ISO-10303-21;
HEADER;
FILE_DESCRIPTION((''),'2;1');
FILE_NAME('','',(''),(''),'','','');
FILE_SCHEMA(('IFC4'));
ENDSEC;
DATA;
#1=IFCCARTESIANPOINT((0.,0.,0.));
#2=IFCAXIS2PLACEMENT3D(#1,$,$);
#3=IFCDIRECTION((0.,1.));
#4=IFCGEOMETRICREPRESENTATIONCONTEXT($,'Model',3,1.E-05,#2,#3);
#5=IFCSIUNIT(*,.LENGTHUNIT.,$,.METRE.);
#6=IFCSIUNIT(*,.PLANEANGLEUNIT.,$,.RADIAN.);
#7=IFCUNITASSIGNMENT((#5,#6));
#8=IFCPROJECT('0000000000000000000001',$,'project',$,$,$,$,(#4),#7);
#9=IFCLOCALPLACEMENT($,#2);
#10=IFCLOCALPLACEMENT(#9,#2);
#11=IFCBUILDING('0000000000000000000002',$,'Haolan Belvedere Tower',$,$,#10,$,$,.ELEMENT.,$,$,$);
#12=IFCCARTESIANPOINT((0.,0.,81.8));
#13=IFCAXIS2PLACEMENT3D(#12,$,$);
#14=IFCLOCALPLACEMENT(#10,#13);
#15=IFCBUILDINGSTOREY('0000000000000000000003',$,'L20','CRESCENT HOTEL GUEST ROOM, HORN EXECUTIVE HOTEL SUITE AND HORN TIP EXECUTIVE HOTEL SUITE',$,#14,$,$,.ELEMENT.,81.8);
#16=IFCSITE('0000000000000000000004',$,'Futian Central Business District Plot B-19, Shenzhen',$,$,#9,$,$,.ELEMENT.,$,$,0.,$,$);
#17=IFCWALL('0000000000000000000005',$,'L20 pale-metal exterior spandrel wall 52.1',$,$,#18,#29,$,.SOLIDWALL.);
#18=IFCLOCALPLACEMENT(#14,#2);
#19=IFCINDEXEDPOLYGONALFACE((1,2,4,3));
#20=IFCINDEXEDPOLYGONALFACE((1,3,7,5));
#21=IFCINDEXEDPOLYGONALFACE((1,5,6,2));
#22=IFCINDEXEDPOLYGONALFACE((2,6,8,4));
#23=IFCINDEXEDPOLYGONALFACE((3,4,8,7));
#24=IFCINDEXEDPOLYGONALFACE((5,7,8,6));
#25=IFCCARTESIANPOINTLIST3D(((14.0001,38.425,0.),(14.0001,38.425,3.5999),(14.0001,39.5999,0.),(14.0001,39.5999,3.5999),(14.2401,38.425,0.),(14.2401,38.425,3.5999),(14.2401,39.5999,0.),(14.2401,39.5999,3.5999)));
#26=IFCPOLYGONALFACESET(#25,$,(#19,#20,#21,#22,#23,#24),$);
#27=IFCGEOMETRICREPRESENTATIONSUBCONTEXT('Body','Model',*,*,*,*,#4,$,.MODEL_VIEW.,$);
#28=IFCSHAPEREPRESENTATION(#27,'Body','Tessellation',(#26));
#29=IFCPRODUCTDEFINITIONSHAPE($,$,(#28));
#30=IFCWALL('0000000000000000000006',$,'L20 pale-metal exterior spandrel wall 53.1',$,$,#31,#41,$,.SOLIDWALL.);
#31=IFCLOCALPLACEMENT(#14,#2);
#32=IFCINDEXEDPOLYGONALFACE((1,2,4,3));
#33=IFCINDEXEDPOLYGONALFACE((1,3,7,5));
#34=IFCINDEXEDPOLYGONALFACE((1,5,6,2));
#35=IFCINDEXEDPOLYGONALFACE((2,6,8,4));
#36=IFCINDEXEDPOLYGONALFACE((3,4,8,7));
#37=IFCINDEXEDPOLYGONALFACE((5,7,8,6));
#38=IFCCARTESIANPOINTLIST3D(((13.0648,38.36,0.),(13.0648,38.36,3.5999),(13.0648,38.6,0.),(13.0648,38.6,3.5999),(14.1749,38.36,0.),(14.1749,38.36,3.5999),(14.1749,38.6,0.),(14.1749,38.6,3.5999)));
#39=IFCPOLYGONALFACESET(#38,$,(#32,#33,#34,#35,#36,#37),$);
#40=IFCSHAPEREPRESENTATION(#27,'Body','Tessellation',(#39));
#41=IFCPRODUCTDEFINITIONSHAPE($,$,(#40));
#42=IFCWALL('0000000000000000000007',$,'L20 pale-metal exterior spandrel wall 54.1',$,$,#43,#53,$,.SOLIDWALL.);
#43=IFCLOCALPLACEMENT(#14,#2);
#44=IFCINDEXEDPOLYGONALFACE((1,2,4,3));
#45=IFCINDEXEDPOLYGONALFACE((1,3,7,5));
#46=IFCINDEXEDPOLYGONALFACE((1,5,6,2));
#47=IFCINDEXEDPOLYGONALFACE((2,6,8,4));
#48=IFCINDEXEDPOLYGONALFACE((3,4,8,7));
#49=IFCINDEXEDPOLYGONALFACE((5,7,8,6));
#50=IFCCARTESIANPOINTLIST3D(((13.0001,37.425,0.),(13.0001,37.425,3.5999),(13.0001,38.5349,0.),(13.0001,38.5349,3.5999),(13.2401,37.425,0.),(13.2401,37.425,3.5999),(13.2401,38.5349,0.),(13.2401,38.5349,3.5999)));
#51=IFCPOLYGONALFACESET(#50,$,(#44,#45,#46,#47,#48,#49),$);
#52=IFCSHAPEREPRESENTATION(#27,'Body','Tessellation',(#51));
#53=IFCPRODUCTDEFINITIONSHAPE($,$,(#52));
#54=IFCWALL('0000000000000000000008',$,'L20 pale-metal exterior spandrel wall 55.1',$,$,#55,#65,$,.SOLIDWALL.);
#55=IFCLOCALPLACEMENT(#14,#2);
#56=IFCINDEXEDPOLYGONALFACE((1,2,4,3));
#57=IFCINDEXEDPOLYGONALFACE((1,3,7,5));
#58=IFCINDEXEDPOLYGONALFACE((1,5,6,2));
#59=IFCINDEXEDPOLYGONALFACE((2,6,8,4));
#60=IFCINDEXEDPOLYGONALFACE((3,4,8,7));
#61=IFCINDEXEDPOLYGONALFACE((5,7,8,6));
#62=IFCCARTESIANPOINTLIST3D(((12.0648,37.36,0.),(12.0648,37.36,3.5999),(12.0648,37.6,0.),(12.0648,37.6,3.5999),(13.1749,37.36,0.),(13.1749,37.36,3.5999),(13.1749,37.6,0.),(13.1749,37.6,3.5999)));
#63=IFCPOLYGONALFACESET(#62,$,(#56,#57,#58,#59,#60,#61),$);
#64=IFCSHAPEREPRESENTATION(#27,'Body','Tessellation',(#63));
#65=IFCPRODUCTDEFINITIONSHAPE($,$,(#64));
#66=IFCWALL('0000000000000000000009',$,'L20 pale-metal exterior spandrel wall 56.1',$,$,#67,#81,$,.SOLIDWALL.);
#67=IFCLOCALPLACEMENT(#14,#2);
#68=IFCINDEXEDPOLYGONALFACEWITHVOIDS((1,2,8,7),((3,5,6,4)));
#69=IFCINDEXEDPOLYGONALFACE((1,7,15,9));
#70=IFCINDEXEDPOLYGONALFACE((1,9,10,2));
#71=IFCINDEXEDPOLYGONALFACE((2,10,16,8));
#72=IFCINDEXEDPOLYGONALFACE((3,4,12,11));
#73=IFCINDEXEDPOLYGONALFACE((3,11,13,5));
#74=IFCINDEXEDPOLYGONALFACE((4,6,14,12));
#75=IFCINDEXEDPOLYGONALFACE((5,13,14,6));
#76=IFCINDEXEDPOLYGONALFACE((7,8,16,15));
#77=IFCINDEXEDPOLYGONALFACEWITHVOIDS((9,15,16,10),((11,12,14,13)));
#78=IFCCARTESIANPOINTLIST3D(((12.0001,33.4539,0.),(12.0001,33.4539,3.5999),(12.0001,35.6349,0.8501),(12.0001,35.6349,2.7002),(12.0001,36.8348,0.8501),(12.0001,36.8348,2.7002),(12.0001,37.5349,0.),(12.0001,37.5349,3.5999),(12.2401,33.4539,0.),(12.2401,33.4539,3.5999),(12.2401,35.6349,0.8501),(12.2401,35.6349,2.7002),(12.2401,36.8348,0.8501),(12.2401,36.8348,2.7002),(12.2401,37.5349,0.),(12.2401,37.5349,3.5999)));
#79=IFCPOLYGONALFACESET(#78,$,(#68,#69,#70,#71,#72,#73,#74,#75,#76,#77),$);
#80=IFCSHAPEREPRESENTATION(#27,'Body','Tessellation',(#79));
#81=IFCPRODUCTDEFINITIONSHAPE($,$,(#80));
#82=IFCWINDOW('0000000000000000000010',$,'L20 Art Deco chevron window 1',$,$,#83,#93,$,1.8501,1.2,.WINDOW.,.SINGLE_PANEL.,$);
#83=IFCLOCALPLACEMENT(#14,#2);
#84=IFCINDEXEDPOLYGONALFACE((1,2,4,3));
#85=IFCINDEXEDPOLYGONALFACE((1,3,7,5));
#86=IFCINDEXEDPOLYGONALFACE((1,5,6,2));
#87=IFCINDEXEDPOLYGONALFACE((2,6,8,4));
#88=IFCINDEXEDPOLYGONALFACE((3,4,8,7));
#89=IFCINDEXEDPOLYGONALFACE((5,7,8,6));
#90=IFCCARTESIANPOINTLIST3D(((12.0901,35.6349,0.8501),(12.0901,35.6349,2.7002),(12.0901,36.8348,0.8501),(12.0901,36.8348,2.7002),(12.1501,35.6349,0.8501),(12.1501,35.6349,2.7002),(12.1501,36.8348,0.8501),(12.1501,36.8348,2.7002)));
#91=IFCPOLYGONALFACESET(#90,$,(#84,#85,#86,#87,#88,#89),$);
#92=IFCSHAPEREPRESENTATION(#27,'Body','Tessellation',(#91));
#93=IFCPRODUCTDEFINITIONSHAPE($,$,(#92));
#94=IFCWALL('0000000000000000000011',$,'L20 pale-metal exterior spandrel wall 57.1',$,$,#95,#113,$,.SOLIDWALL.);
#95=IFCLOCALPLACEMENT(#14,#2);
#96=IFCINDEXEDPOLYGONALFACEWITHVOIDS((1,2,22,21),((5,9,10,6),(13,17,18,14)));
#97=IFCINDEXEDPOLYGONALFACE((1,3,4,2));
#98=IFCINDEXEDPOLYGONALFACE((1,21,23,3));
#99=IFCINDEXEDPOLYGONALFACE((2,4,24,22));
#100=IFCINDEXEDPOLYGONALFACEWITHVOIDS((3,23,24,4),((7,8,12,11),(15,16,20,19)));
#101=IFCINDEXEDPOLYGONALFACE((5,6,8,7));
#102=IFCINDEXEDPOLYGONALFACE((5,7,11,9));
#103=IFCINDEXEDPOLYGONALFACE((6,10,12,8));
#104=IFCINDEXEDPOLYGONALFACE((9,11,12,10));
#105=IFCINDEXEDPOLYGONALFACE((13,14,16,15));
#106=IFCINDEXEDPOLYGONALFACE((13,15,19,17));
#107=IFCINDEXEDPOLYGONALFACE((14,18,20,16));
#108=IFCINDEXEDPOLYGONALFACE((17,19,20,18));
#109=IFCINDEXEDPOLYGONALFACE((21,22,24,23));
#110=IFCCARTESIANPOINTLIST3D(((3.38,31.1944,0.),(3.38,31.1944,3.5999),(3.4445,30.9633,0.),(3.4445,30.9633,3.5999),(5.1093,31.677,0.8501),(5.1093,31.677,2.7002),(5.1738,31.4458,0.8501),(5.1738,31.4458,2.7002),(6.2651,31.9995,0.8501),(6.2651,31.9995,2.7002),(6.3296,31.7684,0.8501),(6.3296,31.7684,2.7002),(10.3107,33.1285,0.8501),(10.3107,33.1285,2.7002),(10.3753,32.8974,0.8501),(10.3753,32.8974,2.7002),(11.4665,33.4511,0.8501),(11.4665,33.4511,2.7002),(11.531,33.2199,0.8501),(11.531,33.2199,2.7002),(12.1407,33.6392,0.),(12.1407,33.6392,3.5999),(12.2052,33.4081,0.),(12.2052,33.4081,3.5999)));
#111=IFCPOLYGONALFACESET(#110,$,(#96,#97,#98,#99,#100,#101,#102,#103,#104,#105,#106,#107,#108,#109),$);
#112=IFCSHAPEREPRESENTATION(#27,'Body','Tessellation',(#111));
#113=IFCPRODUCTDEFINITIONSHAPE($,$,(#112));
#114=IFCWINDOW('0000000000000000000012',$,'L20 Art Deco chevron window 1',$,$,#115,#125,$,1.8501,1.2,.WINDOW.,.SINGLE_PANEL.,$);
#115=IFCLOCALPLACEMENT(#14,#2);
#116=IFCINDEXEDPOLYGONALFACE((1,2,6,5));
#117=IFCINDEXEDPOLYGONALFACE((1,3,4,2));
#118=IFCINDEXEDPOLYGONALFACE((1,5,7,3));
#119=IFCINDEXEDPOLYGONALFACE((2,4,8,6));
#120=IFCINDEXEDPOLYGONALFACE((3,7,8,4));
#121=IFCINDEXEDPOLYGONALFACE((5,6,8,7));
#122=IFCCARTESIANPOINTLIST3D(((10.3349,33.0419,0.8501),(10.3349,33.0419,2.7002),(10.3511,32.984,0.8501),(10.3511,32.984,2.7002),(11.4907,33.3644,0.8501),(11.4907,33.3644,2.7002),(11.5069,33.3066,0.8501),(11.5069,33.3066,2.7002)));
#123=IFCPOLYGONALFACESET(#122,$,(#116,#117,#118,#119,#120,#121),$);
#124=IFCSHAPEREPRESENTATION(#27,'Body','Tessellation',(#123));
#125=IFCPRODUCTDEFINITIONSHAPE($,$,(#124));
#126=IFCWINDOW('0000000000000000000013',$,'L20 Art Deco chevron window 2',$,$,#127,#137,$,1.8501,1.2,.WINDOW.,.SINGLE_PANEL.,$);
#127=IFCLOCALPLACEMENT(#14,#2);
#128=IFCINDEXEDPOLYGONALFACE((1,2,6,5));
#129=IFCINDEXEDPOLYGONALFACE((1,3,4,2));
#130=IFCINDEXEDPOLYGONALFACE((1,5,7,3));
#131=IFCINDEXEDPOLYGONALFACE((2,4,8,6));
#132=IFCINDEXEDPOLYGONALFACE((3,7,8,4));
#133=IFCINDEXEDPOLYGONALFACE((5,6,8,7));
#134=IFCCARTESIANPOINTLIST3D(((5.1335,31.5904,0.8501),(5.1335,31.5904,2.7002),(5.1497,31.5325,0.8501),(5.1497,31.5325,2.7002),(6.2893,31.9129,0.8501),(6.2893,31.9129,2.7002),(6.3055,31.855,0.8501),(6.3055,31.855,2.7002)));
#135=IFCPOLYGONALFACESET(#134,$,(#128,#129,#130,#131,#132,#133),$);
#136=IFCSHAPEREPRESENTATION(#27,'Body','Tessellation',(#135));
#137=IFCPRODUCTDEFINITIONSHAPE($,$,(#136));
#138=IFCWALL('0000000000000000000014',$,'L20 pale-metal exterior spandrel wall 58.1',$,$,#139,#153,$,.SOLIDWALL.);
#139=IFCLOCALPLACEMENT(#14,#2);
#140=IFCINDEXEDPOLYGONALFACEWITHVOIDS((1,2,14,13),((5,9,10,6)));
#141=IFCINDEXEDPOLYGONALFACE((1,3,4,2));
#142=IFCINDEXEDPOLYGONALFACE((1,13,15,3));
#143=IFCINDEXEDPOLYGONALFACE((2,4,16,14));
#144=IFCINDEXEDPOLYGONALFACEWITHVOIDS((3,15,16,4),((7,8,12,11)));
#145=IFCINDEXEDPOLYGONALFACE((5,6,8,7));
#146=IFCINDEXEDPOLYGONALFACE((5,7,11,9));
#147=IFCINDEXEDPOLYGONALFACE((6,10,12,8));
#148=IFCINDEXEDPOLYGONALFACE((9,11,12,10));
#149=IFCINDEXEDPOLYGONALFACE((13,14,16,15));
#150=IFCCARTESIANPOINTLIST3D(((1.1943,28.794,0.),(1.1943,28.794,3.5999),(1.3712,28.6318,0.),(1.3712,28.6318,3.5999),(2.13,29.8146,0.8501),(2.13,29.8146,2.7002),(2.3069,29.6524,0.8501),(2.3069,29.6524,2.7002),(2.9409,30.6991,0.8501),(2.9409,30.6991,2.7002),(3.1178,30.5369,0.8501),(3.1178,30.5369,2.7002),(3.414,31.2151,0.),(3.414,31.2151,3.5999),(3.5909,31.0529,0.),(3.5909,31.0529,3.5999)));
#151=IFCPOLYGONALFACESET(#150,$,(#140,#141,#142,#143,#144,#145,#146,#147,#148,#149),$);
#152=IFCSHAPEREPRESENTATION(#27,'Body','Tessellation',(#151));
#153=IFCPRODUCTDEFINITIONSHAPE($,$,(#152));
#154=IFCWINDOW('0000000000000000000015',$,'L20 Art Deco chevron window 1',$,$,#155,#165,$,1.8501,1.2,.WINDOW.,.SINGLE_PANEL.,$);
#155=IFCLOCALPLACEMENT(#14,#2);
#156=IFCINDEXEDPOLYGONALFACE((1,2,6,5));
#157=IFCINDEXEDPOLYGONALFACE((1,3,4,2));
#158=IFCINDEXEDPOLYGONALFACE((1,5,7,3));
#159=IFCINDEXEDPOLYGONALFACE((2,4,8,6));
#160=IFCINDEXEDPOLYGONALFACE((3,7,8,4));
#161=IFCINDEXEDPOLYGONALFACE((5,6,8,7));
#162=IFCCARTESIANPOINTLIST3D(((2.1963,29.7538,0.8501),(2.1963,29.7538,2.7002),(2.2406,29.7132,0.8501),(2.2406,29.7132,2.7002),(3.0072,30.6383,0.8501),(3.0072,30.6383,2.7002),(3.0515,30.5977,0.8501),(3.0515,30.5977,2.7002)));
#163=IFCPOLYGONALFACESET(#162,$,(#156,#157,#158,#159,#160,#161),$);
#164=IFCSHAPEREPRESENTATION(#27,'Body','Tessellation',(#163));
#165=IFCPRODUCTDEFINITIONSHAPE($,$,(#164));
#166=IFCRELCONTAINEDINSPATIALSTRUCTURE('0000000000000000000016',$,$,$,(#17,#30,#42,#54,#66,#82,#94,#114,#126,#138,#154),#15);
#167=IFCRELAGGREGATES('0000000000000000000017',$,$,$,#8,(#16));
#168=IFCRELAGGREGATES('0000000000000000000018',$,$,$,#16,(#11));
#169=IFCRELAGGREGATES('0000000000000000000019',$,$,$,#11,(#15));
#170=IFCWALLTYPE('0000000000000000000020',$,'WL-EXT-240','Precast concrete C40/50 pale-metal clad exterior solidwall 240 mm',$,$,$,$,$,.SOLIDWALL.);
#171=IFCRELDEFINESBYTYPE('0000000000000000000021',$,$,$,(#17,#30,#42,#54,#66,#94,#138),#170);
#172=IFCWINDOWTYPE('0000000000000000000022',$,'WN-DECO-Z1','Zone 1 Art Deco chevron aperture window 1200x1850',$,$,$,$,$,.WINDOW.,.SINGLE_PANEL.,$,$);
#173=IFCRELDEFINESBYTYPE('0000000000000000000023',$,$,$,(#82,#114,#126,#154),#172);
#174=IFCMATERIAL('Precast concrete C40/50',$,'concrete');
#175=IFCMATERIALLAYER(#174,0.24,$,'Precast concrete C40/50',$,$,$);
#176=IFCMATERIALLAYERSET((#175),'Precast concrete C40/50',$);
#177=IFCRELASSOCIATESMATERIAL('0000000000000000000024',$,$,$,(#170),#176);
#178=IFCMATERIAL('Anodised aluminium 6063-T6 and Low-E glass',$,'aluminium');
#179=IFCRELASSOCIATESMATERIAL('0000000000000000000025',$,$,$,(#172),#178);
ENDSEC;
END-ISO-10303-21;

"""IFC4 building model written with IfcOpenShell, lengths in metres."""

from ifc_helpers import new_model, si_unit, direction, frame, frame_2d, origin, place, context, subcontext, project, spatial, rectangle, extrude, material, layer, layer_set, type_object, element, fill, save


model = new_model("IFC4")

# Units and contexts
model_context = context("Model", 3, precision=1e-05, world=origin(), true_north=direction((0.0, 1.0)))
body_context = subcontext(model_context, "Body", "Model", "MODEL_VIEW")
ifc_project = project(units=[si_unit("LENGTHUNIT", "METRE"), si_unit("PLANEANGLEUNIT", "RADIAN")], contexts=[model_context])

# Site, building, storey
site_placement = place(None, origin())
site = spatial("IfcSite", under=ifc_project, at=site_placement, Name="Futian Central Business District Plot B-19, Shenzhen", CompositionType="ELEMENT", RefElevation=0.0)
building_placement = place(site_placement, origin())
building = spatial("IfcBuilding", under=site, at=building_placement, Name="Haolan Belvedere Tower", CompositionType="ELEMENT")
storey_placement = place(building_placement, frame((0.0, 0.0, 81.8)))
storey = spatial("IfcBuildingStorey", under=building, at=storey_placement, Name="L20", Description="CRESCENT HOTEL GUEST ROOM, HORN EXECUTIVE HOTEL SUITE AND HORN TIP EXECUTIVE HOTEL SUITE", CompositionType="ELEMENT", Elevation=81.8)

# Walls
ifc_material_1 = material(Name="Precast concrete C40/50", Category="concrete")
ifc_layer_1 = layer(ifc_material_1, 0.24, Name="Precast concrete C40/50")
ifc_layer_set_1 = layer_set([ifc_layer_1], Name="Precast concrete C40/50")
wall_type_1 = type_object("IfcWallType", Name="WL-EXT-240", Description="Precast concrete C40/50 pale-metal clad exterior solidwall 240 mm", PredefinedType="SOLIDWALL", material=ifc_layer_set_1)
wall_1_placement = place(storey_placement, frame((14.1201, 39.5999, 0.0), z_axis=(0.0, 0.0, 1.0), x_axis=(0.0, -1.0, 0.0)))
element("IfcWall", 1, at=wall_1_placement, inside=storey, type_object=wall_type_1, Name="L20 pale-metal exterior spandrel wall 52.1", PredefinedType="SOLIDWALL", context=body_context, shape_type="SweptSolid", body=[
    extrude(rectangle(XDim=1.1748, YDim=0.24, at=frame_2d((0.5874, 0.0))), origin(), (0.0, 0.0, 1.0), 3.5999),
])
wall_2_placement = place(storey_placement, frame((14.175, 38.48, 0.0), z_axis=(0.0, 0.0, 1.0), x_axis=(-1.0, 0.0, 0.0)))
element("IfcWall", 2, at=wall_2_placement, inside=storey, type_object=wall_type_1, Name="L20 pale-metal exterior spandrel wall 53.1", PredefinedType="SOLIDWALL", context=body_context, shape_type="SweptSolid", body=[
    extrude(rectangle(XDim=1.1101, YDim=0.24, at=frame_2d((0.5552, 0.0))), origin(), (0.0, 0.0, 1.0), 3.5999),
])
wall_3_placement = place(storey_placement, frame((13.1201, 38.5349, 0.0), z_axis=(0.0, 0.0, 1.0), x_axis=(0.0, -1.0, 0.0)))
element("IfcWall", 3, at=wall_3_placement, inside=storey, type_object=wall_type_1, Name="L20 pale-metal exterior spandrel wall 54.1", PredefinedType="SOLIDWALL", context=body_context, shape_type="SweptSolid", body=[
    extrude(rectangle(XDim=1.1099, YDim=0.24, at=frame_2d((0.5549, 0.0))), origin(), (0.0, 0.0, 1.0), 3.5999),
])
wall_4_placement = place(storey_placement, frame((13.175, 37.48, 0.0), z_axis=(0.0, 0.0, 1.0), x_axis=(-1.0, 0.0, 0.0)))
element("IfcWall", 4, at=wall_4_placement, inside=storey, type_object=wall_type_1, Name="L20 pale-metal exterior spandrel wall 55.1", PredefinedType="SOLIDWALL", context=body_context, shape_type="SweptSolid", body=[
    extrude(rectangle(XDim=1.1101, YDim=0.24, at=frame_2d((0.5552, 0.0))), origin(), (0.0, 0.0, 1.0), 3.5999),
])

# Wall, opening, window
wall_5_placement = place(storey_placement, frame((12.1201, 37.5349, 0.0), z_axis=(0.0, 0.0, 1.0), x_axis=(0.0, -1.0, 0.0)))
wall_5 = element("IfcWall", 5, at=wall_5_placement, inside=storey, type_object=wall_type_1, Name="L20 pale-metal exterior spandrel wall 56.1", PredefinedType="SOLIDWALL", context=body_context, shape_type="SweptSolid", body=[
    extrude(rectangle(XDim=4.0811, YDim=0.24, at=frame_2d((2.0405, 0.0))), origin(), (0.0, 0.0, 1.0), 3.5999),
])
opening_1_placement = place(wall_5_placement, frame((0.7, 0.0, 0.8501)))
opening_1 = element("IfcOpeningElement", 6, at=opening_1_placement, cuts=wall_5, PredefinedType="OPENING", context=body_context, shape_type="SweptSolid", body=[
    extrude(rectangle(XDim=1.2, YDim=1.8501, at=frame_2d((0.6001, 0.925))), frame((0.0, 0.1299, 0.0), z_axis=(0.0, -1.0, 0.0), x_axis=(1.0, 0.0, 0.0)), (0.0, 0.0, 1.0), 0.26),
])
ifc_material_2 = material(Name="Anodised aluminium 6063-T6 and Low-E glass", Category="aluminium")
window_type = type_object("IfcWindowType", Name="WN-DECO-Z1", Description="Zone 1 Art Deco chevron aperture window 1200x1850", PartitioningType="SINGLE_PANEL", PredefinedType="WINDOW", material=ifc_material_2)
window_1_placement = place(opening_1_placement, origin())
window_1 = element("IfcWindow", 7, at=window_1_placement, inside=storey, type_object=window_type, Name="L20 Art Deco chevron window 1", OverallHeight=1.8501, OverallWidth=1.2, PartitioningType="SINGLE_PANEL", PredefinedType="WINDOW", context=body_context, shape_type="SweptSolid", body=[
    extrude(rectangle(XDim=1.2, YDim=1.8501, at=frame_2d((0.6001, 0.925))), frame((0.0, 0.03, 0.0), z_axis=(0.0, -1.0, 0.0), x_axis=(1.0, 0.0, 0.0)), (0.0, 0.0, 1.0), 0.0601),
])
fill(opening_1, window_1)

# Wall, openings, windows
wall_6_placement = place(storey_placement, frame((12.1731, 33.5237, 0.0), z_axis=(0.0, 0.0, 1.0), x_axis=(-0.963197, -0.268795, 0.0)))
wall_6 = element("IfcWall", 8, at=wall_6_placement, inside=storey, type_object=wall_type_1, Name="L20 pale-metal exterior spandrel wall 57.1", PredefinedType="SOLIDWALL", context=body_context, shape_type="SweptSolid", body=[
    extrude(rectangle(XDim=9.0955, YDim=0.24, at=frame_2d((4.5479, 0.0))), origin(), (0.0, 0.0, 1.0), 3.5999),
])
opening_2_placement = place(wall_6_placement, frame((0.7, 0.0, 0.8501)))
opening_2 = element("IfcOpeningElement", 9, at=opening_2_placement, cuts=wall_6, PredefinedType="OPENING", context=body_context, shape_type="SweptSolid", body=[
    extrude(rectangle(XDim=1.2, YDim=1.8501, at=frame_2d((0.6001, 0.925))), frame((0.0, 0.1299, 0.0), z_axis=(0.0, -1.0, 0.0), x_axis=(1.0, 0.0, 0.0)), (0.0, 0.0, 1.0), 0.26),
])
opening_3_placement = place(wall_6_placement, frame((6.1001, 0.0, 0.8501)))
opening_3 = element("IfcOpeningElement", 10, at=opening_3_placement, cuts=wall_6, PredefinedType="OPENING", context=body_context, shape_type="SweptSolid", body=[
    extrude(rectangle(XDim=1.2, YDim=1.8501, at=frame_2d((0.6001, 0.925))), frame((0.0, 0.1299, 0.0), z_axis=(0.0, -1.0, 0.0), x_axis=(1.0, 0.0, 0.0)), (0.0, 0.0, 1.0), 0.26),
])
window_2_placement = place(opening_2_placement, origin())
window_2 = element("IfcWindow", 11, at=window_2_placement, inside=storey, type_object=window_type, Name="L20 Art Deco chevron window 1", OverallHeight=1.8501, OverallWidth=1.2, PartitioningType="SINGLE_PANEL", PredefinedType="WINDOW", context=body_context, shape_type="SweptSolid", body=[
    extrude(rectangle(XDim=1.2, YDim=1.8501, at=frame_2d((0.6001, 0.925))), frame((0.0, 0.03, 0.0), z_axis=(0.0, -1.0, 0.0), x_axis=(1.0, 0.0, 0.0)), (0.0, 0.0, 1.0), 0.0601),
])
fill(opening_2, window_2)
window_3_placement = place(opening_3_placement, origin())
window_3 = element("IfcWindow", 12, at=window_3_placement, inside=storey, type_object=window_type, Name="L20 Art Deco chevron window 2", OverallHeight=1.8501, OverallWidth=1.2, PartitioningType="SINGLE_PANEL", PredefinedType="WINDOW", context=body_context, shape_type="SweptSolid", body=[
    extrude(rectangle(XDim=1.2, YDim=1.8501, at=frame_2d((0.6001, 0.925))), frame((0.0, 0.03, 0.0), z_axis=(0.0, -1.0, 0.0), x_axis=(1.0, 0.0, 0.0)), (0.0, 0.0, 1.0), 0.0601),
])
fill(opening_3, window_3)

# Wall, opening, window
wall_7_placement = place(storey_placement, frame((3.5024, 31.134, 0.0), z_axis=(0.0, 0.0, 1.0), x_axis=(-0.675782, -0.737102, 0.0)))
wall_7 = element("IfcWall", 13, at=wall_7_placement, inside=storey, type_object=wall_type_1, Name="L20 pale-metal exterior spandrel wall 58.1", PredefinedType="SOLIDWALL", context=body_context, shape_type="SweptSolid", body=[
    extrude(rectangle(XDim=3.2847, YDim=0.24, at=frame_2d((1.6423, 0.0))), origin(), (0.0, 0.0, 1.0), 3.5999),
])
opening_4_placement = place(wall_7_placement, frame((0.7, 0.0, 0.8501)))
opening_4 = element("IfcOpeningElement", 14, at=opening_4_placement, cuts=wall_7, PredefinedType="OPENING", context=body_context, shape_type="SweptSolid", body=[
    extrude(rectangle(XDim=1.2, YDim=1.8501, at=frame_2d((0.6001, 0.925))), frame((0.0, 0.1299, 0.0), z_axis=(0.0, -1.0, 0.0), x_axis=(1.0, 0.0, 0.0)), (0.0, 0.0, 1.0), 0.26),
])
window_4_placement = place(opening_4_placement, origin())
window_4 = element("IfcWindow", 15, at=window_4_placement, inside=storey, type_object=window_type, Name="L20 Art Deco chevron window 1", OverallHeight=1.8501, OverallWidth=1.2, PartitioningType="SINGLE_PANEL", PredefinedType="WINDOW", context=body_context, shape_type="SweptSolid", body=[
    extrude(rectangle(XDim=1.2, YDim=1.8501, at=frame_2d((0.6001, 0.925))), frame((0.0, 0.03, 0.0), z_axis=(0.0, -1.0, 0.0), x_axis=(1.0, 0.0, 0.0)), (0.0, 0.0, 1.0), 0.0601),
])
fill(opening_4, window_4)

save(model, "model.ifc")
